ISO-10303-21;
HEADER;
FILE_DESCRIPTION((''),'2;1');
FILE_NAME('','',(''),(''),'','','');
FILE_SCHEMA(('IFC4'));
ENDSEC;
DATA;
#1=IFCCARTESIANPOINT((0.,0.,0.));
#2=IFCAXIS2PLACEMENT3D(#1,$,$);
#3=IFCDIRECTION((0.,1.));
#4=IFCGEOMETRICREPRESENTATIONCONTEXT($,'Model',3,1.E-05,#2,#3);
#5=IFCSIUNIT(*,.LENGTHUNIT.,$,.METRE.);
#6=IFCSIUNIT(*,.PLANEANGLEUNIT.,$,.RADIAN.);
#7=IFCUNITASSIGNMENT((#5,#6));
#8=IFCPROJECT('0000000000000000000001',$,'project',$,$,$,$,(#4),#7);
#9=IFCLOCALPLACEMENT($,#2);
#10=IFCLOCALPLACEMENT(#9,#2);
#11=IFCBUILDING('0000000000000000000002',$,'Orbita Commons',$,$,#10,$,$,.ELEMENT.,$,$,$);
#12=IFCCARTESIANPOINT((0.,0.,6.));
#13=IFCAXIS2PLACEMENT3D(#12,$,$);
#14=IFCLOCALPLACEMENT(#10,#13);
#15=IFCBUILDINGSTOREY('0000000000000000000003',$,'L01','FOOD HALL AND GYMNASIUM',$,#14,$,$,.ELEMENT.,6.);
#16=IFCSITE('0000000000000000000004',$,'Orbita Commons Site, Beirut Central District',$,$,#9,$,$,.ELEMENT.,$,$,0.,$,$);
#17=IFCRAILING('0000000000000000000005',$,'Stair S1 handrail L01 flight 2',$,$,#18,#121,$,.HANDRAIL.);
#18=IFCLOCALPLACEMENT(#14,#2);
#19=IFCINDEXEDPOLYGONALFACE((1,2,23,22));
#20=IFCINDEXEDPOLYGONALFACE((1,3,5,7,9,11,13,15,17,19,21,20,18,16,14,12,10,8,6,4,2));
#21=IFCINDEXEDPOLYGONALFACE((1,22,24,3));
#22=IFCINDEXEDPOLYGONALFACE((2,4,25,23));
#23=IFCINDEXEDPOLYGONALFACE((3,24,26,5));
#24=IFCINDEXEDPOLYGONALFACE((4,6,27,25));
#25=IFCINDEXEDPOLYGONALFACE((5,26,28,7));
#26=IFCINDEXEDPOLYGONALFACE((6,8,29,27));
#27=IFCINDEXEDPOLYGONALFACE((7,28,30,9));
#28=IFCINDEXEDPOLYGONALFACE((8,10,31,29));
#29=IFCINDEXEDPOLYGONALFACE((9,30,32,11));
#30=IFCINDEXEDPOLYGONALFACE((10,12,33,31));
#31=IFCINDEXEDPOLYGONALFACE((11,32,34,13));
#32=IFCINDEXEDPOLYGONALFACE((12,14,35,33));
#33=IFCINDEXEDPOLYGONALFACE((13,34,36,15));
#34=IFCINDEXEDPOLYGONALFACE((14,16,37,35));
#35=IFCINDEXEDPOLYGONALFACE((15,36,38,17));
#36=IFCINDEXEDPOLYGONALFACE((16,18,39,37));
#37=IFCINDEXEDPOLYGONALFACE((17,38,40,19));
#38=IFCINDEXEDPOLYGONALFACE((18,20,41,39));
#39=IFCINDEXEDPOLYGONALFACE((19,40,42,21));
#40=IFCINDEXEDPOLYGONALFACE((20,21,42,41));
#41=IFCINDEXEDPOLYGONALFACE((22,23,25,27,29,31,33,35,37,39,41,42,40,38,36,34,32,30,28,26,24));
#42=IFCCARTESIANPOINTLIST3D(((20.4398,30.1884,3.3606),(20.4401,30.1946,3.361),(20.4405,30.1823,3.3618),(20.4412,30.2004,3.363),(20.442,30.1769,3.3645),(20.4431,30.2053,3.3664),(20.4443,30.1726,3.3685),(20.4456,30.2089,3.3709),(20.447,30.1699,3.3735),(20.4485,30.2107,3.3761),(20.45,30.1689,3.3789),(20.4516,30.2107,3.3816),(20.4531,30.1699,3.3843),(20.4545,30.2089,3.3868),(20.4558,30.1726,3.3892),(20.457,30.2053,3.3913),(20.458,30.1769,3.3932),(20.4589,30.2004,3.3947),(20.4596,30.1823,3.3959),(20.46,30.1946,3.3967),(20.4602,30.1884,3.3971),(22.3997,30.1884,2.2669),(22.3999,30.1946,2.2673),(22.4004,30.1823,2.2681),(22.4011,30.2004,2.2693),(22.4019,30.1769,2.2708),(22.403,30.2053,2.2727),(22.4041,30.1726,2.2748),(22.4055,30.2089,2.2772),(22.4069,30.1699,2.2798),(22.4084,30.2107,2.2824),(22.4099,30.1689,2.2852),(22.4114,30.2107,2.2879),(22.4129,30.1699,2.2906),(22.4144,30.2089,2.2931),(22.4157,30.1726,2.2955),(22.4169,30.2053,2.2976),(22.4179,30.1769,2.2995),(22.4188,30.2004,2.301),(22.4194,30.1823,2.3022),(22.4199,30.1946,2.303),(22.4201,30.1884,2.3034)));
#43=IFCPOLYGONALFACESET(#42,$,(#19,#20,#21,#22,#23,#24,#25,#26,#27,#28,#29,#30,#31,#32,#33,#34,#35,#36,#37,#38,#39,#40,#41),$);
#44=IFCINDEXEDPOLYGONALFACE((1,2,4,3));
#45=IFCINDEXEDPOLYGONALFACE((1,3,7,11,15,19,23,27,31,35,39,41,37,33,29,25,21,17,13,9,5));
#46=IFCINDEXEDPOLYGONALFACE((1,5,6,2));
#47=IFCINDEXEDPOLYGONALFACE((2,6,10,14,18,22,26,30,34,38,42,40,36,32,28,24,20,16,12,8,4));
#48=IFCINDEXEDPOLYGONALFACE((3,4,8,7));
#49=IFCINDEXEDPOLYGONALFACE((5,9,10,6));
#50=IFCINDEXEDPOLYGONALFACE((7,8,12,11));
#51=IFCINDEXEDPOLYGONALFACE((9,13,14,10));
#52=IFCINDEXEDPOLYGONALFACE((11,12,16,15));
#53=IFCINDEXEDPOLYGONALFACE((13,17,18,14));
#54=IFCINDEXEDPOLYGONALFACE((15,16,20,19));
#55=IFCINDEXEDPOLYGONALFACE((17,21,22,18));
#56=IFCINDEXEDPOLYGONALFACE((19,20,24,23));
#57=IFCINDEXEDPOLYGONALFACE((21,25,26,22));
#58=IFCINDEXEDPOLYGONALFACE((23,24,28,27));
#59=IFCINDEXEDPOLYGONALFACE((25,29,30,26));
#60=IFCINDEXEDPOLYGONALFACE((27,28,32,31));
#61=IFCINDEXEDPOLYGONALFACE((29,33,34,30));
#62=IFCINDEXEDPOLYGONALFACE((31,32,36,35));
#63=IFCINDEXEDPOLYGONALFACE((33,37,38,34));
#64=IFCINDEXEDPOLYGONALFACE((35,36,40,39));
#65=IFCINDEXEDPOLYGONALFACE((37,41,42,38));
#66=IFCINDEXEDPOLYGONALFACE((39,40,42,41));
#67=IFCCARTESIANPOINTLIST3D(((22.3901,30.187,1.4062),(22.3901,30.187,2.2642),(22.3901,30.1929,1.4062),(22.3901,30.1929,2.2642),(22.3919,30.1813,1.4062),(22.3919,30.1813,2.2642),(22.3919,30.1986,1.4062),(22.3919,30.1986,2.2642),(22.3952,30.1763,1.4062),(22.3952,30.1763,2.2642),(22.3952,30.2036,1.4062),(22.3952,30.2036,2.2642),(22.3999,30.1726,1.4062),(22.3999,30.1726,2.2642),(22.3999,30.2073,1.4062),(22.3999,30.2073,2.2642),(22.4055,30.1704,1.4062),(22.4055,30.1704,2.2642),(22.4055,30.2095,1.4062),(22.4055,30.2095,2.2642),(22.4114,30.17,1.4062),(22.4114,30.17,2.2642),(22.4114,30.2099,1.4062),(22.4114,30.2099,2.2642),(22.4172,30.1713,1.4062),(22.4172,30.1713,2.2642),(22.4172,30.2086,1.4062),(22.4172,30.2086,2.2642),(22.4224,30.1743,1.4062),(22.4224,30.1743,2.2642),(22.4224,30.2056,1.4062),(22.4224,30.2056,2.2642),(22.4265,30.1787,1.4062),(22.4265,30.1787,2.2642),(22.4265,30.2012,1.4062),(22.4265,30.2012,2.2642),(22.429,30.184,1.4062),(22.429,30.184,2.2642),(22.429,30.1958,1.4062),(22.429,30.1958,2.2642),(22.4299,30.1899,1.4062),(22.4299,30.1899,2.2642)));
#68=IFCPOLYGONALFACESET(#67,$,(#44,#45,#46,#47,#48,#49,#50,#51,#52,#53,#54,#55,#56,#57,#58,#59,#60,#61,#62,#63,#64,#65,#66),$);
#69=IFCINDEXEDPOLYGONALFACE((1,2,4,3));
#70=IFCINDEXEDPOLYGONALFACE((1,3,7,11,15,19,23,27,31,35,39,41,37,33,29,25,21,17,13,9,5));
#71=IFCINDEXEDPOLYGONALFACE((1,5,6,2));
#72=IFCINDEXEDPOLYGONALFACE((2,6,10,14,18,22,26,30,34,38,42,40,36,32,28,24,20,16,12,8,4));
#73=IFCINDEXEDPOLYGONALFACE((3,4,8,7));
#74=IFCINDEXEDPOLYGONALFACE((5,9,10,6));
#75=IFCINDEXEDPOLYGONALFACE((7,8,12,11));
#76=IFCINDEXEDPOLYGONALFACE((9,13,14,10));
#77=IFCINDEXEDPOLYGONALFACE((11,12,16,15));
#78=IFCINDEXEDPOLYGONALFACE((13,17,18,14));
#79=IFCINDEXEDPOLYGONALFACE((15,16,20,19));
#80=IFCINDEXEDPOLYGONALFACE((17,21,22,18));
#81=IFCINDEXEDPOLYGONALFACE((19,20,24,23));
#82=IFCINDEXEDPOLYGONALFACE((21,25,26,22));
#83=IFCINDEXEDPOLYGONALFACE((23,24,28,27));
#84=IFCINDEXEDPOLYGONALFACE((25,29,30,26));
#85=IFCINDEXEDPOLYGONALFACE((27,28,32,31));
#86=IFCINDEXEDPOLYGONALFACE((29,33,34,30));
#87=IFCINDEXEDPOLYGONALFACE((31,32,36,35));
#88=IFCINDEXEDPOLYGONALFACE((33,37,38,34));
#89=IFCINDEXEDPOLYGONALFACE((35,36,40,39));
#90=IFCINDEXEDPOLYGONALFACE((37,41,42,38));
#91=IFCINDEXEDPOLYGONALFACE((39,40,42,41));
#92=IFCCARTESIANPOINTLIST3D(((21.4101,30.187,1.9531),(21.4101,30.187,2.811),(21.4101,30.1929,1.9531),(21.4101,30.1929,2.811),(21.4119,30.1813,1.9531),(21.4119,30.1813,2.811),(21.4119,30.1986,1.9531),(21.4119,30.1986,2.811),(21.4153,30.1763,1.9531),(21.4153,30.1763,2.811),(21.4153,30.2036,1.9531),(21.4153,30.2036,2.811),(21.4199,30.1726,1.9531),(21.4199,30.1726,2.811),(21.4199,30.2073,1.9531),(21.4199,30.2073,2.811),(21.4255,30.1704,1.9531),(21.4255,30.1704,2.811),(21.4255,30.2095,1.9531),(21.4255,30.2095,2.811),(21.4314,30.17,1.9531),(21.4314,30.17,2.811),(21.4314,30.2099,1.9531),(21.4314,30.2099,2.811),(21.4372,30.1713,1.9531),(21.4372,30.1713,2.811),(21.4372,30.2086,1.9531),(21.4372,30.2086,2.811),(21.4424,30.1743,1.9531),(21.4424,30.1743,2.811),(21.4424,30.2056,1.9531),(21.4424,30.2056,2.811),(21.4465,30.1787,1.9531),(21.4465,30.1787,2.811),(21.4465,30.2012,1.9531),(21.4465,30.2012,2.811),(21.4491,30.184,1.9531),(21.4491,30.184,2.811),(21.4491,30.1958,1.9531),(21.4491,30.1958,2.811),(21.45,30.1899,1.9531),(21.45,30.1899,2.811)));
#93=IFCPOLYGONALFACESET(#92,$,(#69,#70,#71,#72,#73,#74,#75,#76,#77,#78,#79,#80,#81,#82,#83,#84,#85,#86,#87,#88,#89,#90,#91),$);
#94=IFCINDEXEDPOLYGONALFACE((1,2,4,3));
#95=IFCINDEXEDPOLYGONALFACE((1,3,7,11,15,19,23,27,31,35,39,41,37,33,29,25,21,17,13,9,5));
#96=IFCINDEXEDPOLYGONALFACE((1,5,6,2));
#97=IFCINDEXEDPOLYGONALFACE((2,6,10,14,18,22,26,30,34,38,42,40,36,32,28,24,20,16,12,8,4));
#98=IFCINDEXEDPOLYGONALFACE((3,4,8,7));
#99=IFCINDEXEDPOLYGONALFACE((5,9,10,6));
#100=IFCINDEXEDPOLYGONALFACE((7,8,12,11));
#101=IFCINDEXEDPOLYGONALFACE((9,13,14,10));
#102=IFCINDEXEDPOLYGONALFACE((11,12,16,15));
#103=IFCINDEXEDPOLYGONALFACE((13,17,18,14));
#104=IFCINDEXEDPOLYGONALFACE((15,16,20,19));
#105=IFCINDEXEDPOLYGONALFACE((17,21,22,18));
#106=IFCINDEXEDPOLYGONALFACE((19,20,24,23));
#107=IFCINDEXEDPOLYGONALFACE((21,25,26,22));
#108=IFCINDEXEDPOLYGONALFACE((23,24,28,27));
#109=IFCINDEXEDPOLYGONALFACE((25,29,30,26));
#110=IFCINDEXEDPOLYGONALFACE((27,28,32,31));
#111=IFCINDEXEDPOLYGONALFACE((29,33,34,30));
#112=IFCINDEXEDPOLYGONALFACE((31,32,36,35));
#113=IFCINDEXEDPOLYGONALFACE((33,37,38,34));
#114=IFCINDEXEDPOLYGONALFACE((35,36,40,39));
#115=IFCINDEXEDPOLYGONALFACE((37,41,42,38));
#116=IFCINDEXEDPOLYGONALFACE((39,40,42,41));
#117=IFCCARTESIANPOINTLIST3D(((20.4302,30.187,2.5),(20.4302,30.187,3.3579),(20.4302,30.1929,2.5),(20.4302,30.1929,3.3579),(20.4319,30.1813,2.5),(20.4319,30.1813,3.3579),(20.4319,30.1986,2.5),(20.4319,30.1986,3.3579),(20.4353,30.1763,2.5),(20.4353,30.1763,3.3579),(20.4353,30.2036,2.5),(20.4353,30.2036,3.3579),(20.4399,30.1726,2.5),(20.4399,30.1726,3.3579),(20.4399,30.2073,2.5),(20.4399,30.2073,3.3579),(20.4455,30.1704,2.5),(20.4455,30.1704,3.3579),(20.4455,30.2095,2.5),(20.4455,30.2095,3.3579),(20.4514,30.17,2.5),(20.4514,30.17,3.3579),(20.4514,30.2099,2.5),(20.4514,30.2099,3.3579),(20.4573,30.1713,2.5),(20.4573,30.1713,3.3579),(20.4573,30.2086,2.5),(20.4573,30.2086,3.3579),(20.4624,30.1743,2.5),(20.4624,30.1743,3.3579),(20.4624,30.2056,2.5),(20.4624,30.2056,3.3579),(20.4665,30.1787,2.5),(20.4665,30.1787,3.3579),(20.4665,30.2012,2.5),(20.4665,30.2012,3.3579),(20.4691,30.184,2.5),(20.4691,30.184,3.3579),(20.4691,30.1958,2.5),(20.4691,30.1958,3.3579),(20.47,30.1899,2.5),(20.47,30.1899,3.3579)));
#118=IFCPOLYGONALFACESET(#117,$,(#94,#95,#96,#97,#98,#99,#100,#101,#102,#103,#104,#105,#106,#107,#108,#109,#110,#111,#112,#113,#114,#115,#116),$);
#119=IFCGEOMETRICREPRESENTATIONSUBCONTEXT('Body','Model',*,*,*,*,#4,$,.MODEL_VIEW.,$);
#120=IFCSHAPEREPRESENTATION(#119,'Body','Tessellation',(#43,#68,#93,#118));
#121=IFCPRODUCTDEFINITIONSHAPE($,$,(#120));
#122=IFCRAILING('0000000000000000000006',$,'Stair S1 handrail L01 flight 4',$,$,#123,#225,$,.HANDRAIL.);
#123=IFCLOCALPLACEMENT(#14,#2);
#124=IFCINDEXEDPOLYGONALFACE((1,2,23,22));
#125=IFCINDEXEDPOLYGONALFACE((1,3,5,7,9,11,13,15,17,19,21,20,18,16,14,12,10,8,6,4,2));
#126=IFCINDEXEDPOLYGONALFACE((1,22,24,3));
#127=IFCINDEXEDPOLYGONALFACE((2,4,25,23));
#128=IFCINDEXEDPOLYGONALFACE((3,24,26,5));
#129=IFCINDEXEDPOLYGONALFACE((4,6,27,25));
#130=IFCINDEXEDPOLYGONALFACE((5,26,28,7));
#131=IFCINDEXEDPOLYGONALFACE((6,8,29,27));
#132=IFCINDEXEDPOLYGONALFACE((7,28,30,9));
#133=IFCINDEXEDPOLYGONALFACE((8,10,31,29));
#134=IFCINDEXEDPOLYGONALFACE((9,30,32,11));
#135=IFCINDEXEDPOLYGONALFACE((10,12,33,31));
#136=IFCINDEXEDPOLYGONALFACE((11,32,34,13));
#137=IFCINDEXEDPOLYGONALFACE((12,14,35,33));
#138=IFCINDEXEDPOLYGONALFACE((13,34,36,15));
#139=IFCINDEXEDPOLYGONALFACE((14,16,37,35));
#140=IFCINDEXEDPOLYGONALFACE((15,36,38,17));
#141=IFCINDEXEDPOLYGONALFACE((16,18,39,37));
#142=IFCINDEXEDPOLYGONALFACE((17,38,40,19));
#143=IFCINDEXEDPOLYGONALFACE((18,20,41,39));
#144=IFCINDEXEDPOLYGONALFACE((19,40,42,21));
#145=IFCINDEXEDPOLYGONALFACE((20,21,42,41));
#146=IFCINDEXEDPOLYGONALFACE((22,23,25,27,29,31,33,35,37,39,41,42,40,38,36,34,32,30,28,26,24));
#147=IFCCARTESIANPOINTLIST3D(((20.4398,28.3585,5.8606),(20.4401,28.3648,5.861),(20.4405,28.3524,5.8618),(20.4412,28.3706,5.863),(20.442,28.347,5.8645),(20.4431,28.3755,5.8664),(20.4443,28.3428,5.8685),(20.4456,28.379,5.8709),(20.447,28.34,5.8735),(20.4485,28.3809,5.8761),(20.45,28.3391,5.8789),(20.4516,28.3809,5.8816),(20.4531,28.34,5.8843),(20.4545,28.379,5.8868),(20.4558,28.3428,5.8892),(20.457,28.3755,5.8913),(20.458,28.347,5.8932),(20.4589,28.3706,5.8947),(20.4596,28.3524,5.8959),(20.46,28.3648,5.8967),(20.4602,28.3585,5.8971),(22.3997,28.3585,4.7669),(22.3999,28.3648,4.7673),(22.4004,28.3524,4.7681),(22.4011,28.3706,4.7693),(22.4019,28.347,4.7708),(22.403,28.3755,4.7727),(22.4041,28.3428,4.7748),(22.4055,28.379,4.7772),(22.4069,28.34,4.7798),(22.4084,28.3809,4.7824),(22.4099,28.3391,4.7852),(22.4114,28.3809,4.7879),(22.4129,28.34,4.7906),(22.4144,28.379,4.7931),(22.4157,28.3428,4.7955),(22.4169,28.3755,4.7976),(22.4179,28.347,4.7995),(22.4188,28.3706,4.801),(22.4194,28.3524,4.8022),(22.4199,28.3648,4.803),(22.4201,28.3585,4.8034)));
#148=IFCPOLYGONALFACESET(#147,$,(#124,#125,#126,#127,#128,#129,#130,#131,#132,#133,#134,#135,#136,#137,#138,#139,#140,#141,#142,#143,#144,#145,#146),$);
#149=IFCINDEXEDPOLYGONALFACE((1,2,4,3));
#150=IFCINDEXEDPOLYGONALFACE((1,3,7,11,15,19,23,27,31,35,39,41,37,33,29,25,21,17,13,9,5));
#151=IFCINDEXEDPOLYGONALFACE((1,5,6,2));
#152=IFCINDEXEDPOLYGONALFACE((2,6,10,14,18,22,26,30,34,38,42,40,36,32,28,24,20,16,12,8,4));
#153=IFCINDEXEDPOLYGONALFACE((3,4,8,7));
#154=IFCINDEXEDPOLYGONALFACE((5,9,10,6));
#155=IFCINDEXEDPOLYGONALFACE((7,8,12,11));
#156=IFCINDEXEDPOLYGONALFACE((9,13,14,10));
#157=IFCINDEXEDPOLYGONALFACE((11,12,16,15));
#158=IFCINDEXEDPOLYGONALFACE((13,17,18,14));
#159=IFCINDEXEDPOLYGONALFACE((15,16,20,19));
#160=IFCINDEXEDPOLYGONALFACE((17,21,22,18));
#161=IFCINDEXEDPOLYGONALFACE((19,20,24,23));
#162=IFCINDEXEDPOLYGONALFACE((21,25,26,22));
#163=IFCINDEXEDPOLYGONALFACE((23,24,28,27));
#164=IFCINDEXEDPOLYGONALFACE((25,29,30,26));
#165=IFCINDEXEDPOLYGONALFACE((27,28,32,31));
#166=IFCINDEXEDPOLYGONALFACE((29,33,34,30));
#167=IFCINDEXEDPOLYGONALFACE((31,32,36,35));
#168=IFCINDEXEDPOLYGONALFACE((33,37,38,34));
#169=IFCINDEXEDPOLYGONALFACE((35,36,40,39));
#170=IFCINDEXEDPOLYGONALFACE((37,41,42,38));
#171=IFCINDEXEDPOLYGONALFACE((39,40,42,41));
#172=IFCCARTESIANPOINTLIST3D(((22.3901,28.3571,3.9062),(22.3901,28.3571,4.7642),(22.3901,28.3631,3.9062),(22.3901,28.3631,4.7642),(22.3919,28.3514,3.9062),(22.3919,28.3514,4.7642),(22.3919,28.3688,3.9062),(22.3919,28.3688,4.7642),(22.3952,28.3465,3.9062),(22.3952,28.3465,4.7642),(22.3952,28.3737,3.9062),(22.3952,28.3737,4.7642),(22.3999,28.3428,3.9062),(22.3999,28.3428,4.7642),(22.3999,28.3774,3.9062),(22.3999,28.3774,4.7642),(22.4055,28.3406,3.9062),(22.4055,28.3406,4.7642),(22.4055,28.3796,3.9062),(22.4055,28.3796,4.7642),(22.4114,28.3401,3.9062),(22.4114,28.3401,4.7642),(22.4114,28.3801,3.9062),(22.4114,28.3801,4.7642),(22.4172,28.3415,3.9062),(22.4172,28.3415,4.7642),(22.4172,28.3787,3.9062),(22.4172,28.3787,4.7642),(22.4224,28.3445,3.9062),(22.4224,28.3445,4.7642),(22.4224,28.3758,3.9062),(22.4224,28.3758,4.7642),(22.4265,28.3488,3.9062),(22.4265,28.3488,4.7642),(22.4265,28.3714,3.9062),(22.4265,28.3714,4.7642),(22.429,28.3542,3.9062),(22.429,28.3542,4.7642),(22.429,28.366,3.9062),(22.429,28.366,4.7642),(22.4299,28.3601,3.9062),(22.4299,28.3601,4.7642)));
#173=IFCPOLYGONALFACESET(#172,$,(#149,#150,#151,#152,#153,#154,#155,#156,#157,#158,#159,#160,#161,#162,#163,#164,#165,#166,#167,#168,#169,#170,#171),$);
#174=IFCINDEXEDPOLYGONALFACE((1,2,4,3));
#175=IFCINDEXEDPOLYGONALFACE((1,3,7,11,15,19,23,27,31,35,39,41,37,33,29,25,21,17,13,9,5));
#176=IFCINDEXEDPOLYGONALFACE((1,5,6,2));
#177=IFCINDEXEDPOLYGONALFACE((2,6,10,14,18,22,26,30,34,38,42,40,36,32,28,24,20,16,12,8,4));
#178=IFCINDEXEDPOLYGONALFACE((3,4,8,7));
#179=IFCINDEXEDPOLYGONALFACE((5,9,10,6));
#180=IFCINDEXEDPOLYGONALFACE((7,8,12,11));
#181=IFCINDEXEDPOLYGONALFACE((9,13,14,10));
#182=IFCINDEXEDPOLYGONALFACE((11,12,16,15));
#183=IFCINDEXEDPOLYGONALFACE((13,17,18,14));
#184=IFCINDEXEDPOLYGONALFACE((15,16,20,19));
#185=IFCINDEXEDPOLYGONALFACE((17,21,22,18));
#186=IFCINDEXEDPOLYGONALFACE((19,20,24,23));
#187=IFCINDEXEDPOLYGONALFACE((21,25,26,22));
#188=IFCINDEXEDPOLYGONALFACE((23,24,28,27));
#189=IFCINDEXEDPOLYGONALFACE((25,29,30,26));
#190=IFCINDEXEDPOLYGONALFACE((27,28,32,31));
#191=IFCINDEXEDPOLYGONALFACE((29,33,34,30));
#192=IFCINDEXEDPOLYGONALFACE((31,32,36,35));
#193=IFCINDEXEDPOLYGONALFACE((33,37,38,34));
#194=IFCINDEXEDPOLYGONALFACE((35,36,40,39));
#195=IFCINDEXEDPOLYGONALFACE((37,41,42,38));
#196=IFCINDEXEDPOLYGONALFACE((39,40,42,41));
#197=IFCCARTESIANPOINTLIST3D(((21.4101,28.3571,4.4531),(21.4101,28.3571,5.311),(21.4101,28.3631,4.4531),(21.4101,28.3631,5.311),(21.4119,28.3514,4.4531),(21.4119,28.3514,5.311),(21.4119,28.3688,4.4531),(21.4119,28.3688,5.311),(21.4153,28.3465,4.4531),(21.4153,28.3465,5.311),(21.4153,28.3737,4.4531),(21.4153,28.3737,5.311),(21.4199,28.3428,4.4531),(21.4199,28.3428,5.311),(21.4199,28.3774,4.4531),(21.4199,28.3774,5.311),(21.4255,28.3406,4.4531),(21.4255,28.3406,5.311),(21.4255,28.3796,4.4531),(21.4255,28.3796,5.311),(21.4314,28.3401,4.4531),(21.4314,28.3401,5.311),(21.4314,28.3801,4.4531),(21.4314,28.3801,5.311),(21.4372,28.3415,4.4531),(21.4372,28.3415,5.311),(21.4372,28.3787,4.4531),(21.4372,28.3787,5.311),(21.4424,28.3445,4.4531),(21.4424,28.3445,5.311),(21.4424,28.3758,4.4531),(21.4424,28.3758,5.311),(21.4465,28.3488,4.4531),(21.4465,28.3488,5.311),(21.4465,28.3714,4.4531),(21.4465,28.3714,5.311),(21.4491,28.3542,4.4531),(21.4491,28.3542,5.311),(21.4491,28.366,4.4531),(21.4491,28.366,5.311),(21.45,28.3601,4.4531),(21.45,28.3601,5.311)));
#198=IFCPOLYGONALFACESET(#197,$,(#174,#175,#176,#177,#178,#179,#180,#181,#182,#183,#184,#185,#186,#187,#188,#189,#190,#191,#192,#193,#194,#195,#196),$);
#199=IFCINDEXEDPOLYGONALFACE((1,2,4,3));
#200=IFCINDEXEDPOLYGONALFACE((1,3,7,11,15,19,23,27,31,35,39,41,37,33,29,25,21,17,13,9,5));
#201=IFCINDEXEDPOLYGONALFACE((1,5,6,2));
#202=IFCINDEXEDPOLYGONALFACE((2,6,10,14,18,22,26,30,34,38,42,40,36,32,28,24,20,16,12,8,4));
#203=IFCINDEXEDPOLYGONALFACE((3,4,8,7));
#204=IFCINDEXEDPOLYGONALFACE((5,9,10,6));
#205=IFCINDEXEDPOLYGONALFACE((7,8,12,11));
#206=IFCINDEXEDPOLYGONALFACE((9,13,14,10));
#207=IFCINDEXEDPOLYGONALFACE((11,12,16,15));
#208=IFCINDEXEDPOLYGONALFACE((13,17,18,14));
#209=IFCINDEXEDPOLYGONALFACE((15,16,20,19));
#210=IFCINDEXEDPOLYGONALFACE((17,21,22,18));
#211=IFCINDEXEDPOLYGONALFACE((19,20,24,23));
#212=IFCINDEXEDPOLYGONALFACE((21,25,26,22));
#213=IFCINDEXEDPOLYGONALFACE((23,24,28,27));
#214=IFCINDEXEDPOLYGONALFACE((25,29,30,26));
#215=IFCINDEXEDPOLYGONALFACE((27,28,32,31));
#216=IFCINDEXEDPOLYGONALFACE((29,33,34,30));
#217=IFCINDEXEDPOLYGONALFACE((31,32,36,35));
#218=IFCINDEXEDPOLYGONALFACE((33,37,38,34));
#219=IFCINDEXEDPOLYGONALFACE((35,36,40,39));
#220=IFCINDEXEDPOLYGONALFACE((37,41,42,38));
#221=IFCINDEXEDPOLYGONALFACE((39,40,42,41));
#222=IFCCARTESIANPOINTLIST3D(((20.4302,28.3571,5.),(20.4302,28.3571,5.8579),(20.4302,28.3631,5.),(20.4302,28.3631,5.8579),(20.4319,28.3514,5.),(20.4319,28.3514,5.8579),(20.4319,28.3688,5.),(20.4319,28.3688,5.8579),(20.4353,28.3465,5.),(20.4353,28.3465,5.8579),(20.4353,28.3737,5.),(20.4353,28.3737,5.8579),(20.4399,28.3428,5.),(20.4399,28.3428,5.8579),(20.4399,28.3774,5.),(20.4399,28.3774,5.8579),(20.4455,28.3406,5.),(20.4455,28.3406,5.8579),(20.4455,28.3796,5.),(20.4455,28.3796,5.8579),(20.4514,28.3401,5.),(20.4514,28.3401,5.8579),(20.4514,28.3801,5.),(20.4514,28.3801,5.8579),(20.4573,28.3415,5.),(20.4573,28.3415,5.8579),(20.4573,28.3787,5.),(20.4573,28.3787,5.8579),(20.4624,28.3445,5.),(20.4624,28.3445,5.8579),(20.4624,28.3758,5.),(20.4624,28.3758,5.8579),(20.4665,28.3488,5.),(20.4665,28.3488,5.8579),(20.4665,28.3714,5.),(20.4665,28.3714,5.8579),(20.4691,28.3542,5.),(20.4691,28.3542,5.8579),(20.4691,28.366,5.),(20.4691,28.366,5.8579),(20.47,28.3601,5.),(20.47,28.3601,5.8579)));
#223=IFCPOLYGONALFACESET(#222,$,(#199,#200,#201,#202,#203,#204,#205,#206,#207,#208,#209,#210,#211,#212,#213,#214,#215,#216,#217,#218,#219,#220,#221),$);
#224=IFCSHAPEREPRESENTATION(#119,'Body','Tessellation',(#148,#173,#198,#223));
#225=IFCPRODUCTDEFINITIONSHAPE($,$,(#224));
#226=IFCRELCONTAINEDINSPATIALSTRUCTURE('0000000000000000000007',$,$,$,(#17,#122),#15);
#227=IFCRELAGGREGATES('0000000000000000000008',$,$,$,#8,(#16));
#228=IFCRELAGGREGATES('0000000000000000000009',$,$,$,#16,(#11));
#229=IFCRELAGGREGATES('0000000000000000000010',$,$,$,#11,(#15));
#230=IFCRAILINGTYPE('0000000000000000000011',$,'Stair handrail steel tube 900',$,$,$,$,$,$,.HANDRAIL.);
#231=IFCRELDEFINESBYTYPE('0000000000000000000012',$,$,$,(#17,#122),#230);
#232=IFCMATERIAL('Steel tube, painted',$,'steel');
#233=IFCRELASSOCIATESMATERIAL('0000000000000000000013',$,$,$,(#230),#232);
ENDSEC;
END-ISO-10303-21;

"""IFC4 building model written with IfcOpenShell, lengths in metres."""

from ifc_helpers import new_model, si_unit, direction, frame, origin, origin_2d, place, context, subcontext, project, spatial, circle, extrude, material, type_object, element, save


model = new_model("IFC4")

# Units and contexts
model_context = context("Model", 3, precision=1e-05, world=origin(), true_north=direction((0.0, 1.0)))
body_context = subcontext(model_context, "Body", "Model", "MODEL_VIEW")
ifc_project = project(units=[si_unit("LENGTHUNIT", "METRE"), si_unit("PLANEANGLEUNIT", "RADIAN")], contexts=[model_context])

# Site, building, storey
site_placement = place(None, origin())
site = spatial("IfcSite", under=ifc_project, at=site_placement, Name="Orbita Commons Site, Beirut Central District", CompositionType="ELEMENT", RefElevation=0.0)
building_placement = place(site_placement, origin())
building = spatial("IfcBuilding", under=site, at=building_placement, Name="Orbita Commons", CompositionType="ELEMENT")
storey_placement = place(building_placement, frame((0.0, 0.0, 6.0)))
storey = spatial("IfcBuildingStorey", under=building, at=storey_placement, Name="L01", Description="FOOD HALL AND GYMNASIUM", CompositionType="ELEMENT", Elevation=6.0)

# Railings
ifc_material_1 = material(Name="Steel tube, painted", Category="steel")
railing_type = type_object("IfcRailingType", Name="Stair handrail steel tube 900", PredefinedType="HANDRAIL", material=ifc_material_1)
for number, where, name in (
    (1, (22.4099, 30.1899, 1.4062), "Stair S1 handrail L01 flight 2"),
    (2, (22.4099, 28.3601, 3.9062), "Stair S1 handrail L01 flight 4"),
):
    element("IfcRailing", number, at=place(storey_placement, frame(where)), inside=storey, type_object=railing_type, Name=name, PredefinedType="HANDRAIL", context=body_context, shape_type="SweptSolid", body=[
        extrude(circle(Radius=0.021, at=origin_2d()), frame((0.0, 0.0, 0.8789), z_axis=(-0.873232, 0.0, 0.487304), x_axis=(0.0, -1.0, 0.0)), (0.0, 0.0, 1.0), 2.2444),
        extrude(circle(Radius=0.02, at=origin_2d()), origin(), (0.0, 0.0, 1.0), 0.8579),
        extrude(circle(Radius=0.02, at=origin_2d()), frame((-0.98, 0.0, 0.5469)), (0.0, 0.0, 1.0), 0.8579),
        extrude(circle(Radius=0.02, at=origin_2d()), frame((-1.96, 0.0, 1.0938)), (0.0, 0.0, 1.0), 0.8579),
    ])

save(model, "model.ifc")
